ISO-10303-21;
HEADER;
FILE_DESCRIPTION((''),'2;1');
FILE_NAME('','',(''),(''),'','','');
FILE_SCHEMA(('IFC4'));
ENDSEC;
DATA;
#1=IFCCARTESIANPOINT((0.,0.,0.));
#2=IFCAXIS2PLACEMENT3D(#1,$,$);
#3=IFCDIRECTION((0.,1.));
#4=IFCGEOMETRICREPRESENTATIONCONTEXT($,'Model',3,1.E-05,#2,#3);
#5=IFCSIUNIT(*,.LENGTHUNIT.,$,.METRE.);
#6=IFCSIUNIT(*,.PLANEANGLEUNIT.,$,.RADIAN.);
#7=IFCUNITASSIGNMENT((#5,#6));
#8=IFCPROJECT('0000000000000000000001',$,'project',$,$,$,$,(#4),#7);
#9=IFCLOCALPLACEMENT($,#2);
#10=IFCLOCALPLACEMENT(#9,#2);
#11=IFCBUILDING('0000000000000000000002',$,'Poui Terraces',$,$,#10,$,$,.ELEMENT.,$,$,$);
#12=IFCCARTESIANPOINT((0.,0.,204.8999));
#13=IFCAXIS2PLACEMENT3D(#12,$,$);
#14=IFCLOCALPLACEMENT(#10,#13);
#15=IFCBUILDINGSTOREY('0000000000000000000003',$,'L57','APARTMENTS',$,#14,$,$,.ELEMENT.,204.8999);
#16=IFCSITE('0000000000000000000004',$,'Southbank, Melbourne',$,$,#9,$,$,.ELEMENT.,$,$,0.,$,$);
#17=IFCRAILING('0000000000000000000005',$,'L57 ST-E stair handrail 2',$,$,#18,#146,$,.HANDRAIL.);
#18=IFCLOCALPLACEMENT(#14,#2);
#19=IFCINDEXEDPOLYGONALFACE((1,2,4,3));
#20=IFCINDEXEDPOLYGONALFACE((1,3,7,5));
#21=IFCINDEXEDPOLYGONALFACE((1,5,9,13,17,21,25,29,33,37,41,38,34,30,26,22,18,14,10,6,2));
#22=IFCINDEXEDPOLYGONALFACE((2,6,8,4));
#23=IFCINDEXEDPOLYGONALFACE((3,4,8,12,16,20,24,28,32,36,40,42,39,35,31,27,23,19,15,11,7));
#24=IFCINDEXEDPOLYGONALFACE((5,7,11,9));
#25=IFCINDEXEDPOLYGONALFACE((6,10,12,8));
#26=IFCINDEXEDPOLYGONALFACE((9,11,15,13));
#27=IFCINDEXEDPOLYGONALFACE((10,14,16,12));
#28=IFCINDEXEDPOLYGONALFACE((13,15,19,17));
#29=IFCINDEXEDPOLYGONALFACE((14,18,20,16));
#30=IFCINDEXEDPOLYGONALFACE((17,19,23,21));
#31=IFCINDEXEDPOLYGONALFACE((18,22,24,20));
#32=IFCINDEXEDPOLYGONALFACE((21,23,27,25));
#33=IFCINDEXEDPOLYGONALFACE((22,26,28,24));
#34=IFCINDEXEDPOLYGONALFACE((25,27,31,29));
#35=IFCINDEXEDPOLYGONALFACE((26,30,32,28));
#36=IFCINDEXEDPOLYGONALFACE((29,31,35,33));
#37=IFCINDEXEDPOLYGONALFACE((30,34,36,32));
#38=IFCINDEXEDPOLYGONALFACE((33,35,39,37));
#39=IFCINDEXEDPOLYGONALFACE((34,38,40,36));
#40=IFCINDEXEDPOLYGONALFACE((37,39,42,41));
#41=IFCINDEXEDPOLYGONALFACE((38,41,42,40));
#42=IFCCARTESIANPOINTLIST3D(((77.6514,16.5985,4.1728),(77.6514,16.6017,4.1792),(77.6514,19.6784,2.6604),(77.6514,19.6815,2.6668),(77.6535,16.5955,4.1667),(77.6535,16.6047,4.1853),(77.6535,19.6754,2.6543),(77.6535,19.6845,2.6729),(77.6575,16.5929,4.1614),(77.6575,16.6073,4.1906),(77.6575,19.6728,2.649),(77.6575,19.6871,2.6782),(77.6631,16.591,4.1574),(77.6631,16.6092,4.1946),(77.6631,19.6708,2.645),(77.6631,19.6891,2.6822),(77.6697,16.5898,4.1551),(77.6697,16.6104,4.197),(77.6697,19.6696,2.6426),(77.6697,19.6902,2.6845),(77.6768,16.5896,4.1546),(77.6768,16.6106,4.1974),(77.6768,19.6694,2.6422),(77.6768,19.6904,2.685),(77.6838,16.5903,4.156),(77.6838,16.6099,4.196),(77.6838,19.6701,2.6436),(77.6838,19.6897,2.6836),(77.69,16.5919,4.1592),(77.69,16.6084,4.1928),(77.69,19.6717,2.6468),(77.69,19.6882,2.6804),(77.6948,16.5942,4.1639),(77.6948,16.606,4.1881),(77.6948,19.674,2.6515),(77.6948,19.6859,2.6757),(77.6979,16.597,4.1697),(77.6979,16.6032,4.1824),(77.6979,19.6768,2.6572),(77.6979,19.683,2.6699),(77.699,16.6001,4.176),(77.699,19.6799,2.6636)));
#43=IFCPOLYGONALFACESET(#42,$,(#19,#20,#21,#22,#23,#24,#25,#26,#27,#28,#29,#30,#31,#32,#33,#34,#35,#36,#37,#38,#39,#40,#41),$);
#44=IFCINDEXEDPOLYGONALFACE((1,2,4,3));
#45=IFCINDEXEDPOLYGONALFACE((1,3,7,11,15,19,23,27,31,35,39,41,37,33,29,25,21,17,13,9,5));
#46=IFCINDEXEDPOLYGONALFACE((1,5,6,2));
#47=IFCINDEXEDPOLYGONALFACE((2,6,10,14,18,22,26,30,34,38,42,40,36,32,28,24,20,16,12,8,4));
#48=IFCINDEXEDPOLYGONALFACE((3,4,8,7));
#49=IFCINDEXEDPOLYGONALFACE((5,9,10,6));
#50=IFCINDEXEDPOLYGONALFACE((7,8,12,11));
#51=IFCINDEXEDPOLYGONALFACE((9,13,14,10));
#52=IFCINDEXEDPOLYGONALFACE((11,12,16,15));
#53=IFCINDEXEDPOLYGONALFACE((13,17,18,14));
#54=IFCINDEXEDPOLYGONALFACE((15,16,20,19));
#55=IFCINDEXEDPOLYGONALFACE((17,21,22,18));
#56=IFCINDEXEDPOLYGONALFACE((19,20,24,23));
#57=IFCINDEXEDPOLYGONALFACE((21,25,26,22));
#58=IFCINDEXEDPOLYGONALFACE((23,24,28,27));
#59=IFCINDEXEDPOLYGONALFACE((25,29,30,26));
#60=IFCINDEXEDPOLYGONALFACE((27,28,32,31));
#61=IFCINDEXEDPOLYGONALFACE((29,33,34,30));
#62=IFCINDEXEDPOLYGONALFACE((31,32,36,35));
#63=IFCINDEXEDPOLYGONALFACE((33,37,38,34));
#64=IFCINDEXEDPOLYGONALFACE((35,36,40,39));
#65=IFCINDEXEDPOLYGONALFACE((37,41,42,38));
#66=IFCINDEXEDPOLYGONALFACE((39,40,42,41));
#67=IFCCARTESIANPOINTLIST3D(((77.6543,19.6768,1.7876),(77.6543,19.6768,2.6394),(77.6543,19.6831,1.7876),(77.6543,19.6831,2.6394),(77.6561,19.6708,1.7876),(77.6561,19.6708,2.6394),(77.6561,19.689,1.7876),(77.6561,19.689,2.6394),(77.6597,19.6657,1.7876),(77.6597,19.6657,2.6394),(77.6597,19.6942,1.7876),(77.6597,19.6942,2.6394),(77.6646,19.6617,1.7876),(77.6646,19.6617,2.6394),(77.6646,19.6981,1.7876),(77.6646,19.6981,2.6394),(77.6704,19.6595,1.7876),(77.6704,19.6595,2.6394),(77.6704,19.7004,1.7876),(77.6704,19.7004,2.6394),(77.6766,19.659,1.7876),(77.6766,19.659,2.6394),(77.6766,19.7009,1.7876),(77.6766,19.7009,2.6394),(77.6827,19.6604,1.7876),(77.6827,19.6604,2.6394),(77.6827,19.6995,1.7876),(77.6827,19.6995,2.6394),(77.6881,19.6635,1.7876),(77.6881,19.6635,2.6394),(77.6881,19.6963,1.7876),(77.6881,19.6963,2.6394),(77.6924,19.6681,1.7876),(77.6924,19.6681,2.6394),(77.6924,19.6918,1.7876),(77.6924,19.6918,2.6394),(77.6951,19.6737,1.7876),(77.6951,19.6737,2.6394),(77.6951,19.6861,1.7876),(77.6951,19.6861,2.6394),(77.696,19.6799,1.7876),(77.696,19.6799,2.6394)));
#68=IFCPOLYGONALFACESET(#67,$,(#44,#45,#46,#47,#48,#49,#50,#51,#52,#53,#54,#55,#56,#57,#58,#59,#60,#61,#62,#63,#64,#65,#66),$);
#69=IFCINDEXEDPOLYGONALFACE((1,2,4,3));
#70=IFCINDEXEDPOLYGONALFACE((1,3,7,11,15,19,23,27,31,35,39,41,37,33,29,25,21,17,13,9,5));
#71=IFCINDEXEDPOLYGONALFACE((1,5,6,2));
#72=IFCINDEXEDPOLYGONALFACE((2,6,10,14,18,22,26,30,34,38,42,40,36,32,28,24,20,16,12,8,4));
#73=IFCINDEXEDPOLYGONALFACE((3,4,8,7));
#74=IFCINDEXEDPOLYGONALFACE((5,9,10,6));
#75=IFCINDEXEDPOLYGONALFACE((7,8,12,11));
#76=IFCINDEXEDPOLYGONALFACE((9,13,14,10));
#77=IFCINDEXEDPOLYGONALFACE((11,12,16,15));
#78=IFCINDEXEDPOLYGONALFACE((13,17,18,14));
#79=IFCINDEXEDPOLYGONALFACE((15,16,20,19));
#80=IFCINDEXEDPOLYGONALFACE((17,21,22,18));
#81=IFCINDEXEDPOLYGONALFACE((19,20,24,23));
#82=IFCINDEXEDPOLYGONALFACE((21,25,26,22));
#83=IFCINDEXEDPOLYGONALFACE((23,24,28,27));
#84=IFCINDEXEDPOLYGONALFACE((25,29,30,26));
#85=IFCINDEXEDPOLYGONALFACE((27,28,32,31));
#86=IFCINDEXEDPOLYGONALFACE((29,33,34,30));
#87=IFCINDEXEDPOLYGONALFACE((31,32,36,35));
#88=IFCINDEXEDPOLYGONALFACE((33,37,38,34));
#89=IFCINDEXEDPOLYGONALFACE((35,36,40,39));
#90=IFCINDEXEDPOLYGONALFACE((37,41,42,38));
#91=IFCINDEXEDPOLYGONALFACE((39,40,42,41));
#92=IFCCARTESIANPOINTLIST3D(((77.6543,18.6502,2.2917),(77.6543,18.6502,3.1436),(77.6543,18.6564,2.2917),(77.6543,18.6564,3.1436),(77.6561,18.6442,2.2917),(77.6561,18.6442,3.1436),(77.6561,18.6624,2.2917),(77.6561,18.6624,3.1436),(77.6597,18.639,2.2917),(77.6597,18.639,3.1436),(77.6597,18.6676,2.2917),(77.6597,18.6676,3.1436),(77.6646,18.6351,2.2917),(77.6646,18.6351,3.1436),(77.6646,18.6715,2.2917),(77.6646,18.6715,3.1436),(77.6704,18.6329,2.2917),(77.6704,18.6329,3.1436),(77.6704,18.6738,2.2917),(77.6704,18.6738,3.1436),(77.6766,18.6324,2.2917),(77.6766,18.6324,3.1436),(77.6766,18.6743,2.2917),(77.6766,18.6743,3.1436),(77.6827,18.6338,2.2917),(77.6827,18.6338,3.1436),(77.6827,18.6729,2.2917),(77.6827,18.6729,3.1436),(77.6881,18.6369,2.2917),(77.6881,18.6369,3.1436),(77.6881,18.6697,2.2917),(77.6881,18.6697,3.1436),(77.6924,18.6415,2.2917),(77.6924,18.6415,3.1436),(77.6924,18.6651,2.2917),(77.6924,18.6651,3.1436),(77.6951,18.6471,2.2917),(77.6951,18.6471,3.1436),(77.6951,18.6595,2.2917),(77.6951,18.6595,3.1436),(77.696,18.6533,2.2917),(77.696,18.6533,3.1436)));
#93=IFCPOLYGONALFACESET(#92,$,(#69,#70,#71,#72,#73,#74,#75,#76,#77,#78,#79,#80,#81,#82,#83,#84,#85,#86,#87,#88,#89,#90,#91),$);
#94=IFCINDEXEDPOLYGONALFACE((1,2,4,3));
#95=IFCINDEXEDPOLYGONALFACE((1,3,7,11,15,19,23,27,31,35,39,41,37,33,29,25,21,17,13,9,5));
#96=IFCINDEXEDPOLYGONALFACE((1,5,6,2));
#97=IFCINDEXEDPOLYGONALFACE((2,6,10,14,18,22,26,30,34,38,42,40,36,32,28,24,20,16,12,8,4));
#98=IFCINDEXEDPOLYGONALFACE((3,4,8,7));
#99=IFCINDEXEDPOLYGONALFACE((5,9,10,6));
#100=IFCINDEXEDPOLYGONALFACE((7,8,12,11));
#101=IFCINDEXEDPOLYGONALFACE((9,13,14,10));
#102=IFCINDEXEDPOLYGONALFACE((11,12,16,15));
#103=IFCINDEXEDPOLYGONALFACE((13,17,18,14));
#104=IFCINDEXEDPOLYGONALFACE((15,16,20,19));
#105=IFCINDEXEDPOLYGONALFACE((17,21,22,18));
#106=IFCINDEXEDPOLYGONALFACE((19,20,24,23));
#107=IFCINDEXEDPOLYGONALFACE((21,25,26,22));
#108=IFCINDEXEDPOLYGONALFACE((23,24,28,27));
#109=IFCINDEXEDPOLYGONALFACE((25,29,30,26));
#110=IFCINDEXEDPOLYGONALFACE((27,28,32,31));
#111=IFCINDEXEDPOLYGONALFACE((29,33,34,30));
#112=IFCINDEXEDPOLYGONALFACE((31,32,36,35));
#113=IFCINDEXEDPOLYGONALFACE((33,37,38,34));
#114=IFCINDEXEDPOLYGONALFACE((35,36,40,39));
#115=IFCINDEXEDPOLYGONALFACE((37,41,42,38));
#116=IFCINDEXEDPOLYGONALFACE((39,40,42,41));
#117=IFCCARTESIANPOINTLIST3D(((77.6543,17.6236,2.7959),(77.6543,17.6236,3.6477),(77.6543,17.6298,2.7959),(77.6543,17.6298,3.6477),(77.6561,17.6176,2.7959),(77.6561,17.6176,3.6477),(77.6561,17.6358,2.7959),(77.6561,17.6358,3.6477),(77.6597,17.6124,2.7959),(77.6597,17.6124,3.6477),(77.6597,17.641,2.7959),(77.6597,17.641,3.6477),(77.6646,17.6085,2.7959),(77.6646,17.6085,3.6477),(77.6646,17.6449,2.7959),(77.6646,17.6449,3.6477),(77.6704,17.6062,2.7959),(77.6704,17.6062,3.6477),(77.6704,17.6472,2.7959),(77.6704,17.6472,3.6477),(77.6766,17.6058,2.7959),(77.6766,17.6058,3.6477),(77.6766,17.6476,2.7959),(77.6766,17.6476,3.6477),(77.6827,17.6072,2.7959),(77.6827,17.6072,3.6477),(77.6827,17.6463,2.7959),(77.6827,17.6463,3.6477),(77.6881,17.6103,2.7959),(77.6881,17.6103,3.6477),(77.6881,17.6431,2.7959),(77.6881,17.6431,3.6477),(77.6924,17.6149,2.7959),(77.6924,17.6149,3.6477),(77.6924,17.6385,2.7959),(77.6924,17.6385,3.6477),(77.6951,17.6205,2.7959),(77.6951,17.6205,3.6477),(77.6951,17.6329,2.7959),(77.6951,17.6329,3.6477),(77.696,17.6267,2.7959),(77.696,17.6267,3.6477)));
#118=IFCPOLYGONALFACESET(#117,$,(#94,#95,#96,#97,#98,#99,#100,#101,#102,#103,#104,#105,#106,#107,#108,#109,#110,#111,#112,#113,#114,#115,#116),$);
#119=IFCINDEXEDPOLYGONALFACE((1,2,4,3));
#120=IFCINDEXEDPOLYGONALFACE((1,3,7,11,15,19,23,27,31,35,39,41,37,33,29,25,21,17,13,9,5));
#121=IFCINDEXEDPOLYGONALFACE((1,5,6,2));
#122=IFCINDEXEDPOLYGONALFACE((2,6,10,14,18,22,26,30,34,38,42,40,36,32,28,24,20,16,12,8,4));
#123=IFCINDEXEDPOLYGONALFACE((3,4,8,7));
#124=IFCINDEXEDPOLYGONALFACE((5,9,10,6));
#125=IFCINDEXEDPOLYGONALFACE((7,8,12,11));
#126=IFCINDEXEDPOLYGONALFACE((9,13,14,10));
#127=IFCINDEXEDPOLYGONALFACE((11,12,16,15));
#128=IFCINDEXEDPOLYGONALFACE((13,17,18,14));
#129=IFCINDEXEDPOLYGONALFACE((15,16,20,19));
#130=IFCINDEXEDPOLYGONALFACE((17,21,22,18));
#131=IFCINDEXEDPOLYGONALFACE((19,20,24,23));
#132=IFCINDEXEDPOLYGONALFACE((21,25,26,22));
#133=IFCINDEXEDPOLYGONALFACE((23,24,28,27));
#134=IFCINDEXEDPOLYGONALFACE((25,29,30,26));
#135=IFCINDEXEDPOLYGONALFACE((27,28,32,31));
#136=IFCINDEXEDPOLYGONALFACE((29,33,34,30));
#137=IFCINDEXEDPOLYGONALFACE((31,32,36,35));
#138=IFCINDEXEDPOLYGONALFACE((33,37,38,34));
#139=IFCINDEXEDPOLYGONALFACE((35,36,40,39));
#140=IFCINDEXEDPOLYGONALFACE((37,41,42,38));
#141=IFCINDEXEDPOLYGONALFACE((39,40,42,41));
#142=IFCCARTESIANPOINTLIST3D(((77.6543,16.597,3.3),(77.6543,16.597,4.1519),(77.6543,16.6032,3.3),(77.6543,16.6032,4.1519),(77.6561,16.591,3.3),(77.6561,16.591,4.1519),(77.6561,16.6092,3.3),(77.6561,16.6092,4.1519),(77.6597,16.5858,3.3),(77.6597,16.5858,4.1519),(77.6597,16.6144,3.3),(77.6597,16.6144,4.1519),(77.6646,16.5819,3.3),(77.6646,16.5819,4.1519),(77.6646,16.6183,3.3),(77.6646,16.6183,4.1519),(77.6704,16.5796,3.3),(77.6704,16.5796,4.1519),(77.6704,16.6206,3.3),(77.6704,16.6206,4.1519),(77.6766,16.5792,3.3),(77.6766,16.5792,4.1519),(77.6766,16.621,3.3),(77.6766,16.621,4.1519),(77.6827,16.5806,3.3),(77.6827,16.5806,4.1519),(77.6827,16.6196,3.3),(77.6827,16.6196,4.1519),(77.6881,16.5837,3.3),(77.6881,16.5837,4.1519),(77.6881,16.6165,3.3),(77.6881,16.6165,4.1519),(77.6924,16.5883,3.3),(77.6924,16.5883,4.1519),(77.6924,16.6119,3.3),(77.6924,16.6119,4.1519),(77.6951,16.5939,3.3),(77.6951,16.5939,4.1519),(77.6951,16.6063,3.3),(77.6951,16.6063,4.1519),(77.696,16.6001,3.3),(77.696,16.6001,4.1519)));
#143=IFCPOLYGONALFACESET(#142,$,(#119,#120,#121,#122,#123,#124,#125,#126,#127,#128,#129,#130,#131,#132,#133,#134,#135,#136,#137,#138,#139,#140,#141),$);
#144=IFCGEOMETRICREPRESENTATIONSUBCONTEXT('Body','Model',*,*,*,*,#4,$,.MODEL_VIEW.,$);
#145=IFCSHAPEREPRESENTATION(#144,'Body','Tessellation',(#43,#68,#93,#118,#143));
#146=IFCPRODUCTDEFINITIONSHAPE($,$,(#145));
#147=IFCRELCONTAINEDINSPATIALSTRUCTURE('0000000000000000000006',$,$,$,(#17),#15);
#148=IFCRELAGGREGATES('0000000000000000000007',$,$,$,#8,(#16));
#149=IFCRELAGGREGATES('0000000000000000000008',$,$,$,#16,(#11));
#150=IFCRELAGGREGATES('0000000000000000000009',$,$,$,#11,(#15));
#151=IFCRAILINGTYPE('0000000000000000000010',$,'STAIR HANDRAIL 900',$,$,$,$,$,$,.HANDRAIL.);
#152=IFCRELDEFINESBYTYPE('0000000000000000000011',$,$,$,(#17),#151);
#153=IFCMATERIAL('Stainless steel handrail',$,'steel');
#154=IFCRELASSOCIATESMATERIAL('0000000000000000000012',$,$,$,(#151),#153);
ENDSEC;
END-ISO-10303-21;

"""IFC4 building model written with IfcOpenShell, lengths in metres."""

from ifc_helpers import new_model, si_unit, direction, frame, origin, origin_2d, place, context, subcontext, project, spatial, circle, extrude, material, type_object, element, save


model = new_model("IFC4")

# Units and contexts
model_context = context("Model", 3, precision=1e-05, world=origin(), true_north=direction((0.0, 1.0)))
body_context = subcontext(model_context, "Body", "Model", "MODEL_VIEW")
ifc_project = project(units=[si_unit("LENGTHUNIT", "METRE"), si_unit("PLANEANGLEUNIT", "RADIAN")], contexts=[model_context])

# Site, building, storey
site_placement = place(None, origin())
site = spatial("IfcSite", under=ifc_project, at=site_placement, Name="Southbank, Melbourne", CompositionType="ELEMENT", RefElevation=0.0)
building_placement = place(site_placement, origin())
building = spatial("IfcBuilding", under=site, at=building_placement, Name="Poui Terraces", CompositionType="ELEMENT")
storey_placement = place(building_placement, frame((0.0, 0.0, 204.8999)))
storey = spatial("IfcBuildingStorey", under=building, at=storey_placement, Name="L57", Description="APARTMENTS", CompositionType="ELEMENT", Elevation=204.8999)

# Railing
ifc_material_1 = material(Name="Stainless steel handrail", Category="steel")
railing_type_1 = type_object("IfcRailingType", Name="STAIR HANDRAIL 900", PredefinedType="HANDRAIL", material=ifc_material_1)
railing_1_placement = place(storey_placement, frame((77.675, 19.6799, 1.7876)))
element("IfcRailing", 1, at=railing_1_placement, inside=storey, type_object=railing_type_1, Name="L57 ST-E stair handrail 2", PredefinedType="HANDRAIL", context=body_context, shape_type="SweptSolid", body=[
    extrude(circle(Radius=0.0239, at=origin_2d()), frame((0.0, 0.0, 0.876), z_axis=(0.0, -0.897606, 0.440798), x_axis=(1.0, 0.0, 0.0)), (0.0, 0.0, 1.0), 3.4312),
    extrude(circle(Radius=0.021, at=origin_2d()), origin(), (0.0, 0.0, 1.0), 0.8518),
    extrude(circle(Radius=0.021, at=origin_2d()), frame((0.0, -1.0266, 0.5042)), (0.0, 0.0, 1.0), 0.8518),
    extrude(circle(Radius=0.021, at=origin_2d()), frame((0.0, -2.0532, 1.0083)), (0.0, 0.0, 1.0), 0.8518),
    extrude(circle(Radius=0.021, at=origin_2d()), frame((0.0, -3.0798, 1.5125)), (0.0, 0.0, 1.0), 0.8518),
])

save(model, "model.ifc")
